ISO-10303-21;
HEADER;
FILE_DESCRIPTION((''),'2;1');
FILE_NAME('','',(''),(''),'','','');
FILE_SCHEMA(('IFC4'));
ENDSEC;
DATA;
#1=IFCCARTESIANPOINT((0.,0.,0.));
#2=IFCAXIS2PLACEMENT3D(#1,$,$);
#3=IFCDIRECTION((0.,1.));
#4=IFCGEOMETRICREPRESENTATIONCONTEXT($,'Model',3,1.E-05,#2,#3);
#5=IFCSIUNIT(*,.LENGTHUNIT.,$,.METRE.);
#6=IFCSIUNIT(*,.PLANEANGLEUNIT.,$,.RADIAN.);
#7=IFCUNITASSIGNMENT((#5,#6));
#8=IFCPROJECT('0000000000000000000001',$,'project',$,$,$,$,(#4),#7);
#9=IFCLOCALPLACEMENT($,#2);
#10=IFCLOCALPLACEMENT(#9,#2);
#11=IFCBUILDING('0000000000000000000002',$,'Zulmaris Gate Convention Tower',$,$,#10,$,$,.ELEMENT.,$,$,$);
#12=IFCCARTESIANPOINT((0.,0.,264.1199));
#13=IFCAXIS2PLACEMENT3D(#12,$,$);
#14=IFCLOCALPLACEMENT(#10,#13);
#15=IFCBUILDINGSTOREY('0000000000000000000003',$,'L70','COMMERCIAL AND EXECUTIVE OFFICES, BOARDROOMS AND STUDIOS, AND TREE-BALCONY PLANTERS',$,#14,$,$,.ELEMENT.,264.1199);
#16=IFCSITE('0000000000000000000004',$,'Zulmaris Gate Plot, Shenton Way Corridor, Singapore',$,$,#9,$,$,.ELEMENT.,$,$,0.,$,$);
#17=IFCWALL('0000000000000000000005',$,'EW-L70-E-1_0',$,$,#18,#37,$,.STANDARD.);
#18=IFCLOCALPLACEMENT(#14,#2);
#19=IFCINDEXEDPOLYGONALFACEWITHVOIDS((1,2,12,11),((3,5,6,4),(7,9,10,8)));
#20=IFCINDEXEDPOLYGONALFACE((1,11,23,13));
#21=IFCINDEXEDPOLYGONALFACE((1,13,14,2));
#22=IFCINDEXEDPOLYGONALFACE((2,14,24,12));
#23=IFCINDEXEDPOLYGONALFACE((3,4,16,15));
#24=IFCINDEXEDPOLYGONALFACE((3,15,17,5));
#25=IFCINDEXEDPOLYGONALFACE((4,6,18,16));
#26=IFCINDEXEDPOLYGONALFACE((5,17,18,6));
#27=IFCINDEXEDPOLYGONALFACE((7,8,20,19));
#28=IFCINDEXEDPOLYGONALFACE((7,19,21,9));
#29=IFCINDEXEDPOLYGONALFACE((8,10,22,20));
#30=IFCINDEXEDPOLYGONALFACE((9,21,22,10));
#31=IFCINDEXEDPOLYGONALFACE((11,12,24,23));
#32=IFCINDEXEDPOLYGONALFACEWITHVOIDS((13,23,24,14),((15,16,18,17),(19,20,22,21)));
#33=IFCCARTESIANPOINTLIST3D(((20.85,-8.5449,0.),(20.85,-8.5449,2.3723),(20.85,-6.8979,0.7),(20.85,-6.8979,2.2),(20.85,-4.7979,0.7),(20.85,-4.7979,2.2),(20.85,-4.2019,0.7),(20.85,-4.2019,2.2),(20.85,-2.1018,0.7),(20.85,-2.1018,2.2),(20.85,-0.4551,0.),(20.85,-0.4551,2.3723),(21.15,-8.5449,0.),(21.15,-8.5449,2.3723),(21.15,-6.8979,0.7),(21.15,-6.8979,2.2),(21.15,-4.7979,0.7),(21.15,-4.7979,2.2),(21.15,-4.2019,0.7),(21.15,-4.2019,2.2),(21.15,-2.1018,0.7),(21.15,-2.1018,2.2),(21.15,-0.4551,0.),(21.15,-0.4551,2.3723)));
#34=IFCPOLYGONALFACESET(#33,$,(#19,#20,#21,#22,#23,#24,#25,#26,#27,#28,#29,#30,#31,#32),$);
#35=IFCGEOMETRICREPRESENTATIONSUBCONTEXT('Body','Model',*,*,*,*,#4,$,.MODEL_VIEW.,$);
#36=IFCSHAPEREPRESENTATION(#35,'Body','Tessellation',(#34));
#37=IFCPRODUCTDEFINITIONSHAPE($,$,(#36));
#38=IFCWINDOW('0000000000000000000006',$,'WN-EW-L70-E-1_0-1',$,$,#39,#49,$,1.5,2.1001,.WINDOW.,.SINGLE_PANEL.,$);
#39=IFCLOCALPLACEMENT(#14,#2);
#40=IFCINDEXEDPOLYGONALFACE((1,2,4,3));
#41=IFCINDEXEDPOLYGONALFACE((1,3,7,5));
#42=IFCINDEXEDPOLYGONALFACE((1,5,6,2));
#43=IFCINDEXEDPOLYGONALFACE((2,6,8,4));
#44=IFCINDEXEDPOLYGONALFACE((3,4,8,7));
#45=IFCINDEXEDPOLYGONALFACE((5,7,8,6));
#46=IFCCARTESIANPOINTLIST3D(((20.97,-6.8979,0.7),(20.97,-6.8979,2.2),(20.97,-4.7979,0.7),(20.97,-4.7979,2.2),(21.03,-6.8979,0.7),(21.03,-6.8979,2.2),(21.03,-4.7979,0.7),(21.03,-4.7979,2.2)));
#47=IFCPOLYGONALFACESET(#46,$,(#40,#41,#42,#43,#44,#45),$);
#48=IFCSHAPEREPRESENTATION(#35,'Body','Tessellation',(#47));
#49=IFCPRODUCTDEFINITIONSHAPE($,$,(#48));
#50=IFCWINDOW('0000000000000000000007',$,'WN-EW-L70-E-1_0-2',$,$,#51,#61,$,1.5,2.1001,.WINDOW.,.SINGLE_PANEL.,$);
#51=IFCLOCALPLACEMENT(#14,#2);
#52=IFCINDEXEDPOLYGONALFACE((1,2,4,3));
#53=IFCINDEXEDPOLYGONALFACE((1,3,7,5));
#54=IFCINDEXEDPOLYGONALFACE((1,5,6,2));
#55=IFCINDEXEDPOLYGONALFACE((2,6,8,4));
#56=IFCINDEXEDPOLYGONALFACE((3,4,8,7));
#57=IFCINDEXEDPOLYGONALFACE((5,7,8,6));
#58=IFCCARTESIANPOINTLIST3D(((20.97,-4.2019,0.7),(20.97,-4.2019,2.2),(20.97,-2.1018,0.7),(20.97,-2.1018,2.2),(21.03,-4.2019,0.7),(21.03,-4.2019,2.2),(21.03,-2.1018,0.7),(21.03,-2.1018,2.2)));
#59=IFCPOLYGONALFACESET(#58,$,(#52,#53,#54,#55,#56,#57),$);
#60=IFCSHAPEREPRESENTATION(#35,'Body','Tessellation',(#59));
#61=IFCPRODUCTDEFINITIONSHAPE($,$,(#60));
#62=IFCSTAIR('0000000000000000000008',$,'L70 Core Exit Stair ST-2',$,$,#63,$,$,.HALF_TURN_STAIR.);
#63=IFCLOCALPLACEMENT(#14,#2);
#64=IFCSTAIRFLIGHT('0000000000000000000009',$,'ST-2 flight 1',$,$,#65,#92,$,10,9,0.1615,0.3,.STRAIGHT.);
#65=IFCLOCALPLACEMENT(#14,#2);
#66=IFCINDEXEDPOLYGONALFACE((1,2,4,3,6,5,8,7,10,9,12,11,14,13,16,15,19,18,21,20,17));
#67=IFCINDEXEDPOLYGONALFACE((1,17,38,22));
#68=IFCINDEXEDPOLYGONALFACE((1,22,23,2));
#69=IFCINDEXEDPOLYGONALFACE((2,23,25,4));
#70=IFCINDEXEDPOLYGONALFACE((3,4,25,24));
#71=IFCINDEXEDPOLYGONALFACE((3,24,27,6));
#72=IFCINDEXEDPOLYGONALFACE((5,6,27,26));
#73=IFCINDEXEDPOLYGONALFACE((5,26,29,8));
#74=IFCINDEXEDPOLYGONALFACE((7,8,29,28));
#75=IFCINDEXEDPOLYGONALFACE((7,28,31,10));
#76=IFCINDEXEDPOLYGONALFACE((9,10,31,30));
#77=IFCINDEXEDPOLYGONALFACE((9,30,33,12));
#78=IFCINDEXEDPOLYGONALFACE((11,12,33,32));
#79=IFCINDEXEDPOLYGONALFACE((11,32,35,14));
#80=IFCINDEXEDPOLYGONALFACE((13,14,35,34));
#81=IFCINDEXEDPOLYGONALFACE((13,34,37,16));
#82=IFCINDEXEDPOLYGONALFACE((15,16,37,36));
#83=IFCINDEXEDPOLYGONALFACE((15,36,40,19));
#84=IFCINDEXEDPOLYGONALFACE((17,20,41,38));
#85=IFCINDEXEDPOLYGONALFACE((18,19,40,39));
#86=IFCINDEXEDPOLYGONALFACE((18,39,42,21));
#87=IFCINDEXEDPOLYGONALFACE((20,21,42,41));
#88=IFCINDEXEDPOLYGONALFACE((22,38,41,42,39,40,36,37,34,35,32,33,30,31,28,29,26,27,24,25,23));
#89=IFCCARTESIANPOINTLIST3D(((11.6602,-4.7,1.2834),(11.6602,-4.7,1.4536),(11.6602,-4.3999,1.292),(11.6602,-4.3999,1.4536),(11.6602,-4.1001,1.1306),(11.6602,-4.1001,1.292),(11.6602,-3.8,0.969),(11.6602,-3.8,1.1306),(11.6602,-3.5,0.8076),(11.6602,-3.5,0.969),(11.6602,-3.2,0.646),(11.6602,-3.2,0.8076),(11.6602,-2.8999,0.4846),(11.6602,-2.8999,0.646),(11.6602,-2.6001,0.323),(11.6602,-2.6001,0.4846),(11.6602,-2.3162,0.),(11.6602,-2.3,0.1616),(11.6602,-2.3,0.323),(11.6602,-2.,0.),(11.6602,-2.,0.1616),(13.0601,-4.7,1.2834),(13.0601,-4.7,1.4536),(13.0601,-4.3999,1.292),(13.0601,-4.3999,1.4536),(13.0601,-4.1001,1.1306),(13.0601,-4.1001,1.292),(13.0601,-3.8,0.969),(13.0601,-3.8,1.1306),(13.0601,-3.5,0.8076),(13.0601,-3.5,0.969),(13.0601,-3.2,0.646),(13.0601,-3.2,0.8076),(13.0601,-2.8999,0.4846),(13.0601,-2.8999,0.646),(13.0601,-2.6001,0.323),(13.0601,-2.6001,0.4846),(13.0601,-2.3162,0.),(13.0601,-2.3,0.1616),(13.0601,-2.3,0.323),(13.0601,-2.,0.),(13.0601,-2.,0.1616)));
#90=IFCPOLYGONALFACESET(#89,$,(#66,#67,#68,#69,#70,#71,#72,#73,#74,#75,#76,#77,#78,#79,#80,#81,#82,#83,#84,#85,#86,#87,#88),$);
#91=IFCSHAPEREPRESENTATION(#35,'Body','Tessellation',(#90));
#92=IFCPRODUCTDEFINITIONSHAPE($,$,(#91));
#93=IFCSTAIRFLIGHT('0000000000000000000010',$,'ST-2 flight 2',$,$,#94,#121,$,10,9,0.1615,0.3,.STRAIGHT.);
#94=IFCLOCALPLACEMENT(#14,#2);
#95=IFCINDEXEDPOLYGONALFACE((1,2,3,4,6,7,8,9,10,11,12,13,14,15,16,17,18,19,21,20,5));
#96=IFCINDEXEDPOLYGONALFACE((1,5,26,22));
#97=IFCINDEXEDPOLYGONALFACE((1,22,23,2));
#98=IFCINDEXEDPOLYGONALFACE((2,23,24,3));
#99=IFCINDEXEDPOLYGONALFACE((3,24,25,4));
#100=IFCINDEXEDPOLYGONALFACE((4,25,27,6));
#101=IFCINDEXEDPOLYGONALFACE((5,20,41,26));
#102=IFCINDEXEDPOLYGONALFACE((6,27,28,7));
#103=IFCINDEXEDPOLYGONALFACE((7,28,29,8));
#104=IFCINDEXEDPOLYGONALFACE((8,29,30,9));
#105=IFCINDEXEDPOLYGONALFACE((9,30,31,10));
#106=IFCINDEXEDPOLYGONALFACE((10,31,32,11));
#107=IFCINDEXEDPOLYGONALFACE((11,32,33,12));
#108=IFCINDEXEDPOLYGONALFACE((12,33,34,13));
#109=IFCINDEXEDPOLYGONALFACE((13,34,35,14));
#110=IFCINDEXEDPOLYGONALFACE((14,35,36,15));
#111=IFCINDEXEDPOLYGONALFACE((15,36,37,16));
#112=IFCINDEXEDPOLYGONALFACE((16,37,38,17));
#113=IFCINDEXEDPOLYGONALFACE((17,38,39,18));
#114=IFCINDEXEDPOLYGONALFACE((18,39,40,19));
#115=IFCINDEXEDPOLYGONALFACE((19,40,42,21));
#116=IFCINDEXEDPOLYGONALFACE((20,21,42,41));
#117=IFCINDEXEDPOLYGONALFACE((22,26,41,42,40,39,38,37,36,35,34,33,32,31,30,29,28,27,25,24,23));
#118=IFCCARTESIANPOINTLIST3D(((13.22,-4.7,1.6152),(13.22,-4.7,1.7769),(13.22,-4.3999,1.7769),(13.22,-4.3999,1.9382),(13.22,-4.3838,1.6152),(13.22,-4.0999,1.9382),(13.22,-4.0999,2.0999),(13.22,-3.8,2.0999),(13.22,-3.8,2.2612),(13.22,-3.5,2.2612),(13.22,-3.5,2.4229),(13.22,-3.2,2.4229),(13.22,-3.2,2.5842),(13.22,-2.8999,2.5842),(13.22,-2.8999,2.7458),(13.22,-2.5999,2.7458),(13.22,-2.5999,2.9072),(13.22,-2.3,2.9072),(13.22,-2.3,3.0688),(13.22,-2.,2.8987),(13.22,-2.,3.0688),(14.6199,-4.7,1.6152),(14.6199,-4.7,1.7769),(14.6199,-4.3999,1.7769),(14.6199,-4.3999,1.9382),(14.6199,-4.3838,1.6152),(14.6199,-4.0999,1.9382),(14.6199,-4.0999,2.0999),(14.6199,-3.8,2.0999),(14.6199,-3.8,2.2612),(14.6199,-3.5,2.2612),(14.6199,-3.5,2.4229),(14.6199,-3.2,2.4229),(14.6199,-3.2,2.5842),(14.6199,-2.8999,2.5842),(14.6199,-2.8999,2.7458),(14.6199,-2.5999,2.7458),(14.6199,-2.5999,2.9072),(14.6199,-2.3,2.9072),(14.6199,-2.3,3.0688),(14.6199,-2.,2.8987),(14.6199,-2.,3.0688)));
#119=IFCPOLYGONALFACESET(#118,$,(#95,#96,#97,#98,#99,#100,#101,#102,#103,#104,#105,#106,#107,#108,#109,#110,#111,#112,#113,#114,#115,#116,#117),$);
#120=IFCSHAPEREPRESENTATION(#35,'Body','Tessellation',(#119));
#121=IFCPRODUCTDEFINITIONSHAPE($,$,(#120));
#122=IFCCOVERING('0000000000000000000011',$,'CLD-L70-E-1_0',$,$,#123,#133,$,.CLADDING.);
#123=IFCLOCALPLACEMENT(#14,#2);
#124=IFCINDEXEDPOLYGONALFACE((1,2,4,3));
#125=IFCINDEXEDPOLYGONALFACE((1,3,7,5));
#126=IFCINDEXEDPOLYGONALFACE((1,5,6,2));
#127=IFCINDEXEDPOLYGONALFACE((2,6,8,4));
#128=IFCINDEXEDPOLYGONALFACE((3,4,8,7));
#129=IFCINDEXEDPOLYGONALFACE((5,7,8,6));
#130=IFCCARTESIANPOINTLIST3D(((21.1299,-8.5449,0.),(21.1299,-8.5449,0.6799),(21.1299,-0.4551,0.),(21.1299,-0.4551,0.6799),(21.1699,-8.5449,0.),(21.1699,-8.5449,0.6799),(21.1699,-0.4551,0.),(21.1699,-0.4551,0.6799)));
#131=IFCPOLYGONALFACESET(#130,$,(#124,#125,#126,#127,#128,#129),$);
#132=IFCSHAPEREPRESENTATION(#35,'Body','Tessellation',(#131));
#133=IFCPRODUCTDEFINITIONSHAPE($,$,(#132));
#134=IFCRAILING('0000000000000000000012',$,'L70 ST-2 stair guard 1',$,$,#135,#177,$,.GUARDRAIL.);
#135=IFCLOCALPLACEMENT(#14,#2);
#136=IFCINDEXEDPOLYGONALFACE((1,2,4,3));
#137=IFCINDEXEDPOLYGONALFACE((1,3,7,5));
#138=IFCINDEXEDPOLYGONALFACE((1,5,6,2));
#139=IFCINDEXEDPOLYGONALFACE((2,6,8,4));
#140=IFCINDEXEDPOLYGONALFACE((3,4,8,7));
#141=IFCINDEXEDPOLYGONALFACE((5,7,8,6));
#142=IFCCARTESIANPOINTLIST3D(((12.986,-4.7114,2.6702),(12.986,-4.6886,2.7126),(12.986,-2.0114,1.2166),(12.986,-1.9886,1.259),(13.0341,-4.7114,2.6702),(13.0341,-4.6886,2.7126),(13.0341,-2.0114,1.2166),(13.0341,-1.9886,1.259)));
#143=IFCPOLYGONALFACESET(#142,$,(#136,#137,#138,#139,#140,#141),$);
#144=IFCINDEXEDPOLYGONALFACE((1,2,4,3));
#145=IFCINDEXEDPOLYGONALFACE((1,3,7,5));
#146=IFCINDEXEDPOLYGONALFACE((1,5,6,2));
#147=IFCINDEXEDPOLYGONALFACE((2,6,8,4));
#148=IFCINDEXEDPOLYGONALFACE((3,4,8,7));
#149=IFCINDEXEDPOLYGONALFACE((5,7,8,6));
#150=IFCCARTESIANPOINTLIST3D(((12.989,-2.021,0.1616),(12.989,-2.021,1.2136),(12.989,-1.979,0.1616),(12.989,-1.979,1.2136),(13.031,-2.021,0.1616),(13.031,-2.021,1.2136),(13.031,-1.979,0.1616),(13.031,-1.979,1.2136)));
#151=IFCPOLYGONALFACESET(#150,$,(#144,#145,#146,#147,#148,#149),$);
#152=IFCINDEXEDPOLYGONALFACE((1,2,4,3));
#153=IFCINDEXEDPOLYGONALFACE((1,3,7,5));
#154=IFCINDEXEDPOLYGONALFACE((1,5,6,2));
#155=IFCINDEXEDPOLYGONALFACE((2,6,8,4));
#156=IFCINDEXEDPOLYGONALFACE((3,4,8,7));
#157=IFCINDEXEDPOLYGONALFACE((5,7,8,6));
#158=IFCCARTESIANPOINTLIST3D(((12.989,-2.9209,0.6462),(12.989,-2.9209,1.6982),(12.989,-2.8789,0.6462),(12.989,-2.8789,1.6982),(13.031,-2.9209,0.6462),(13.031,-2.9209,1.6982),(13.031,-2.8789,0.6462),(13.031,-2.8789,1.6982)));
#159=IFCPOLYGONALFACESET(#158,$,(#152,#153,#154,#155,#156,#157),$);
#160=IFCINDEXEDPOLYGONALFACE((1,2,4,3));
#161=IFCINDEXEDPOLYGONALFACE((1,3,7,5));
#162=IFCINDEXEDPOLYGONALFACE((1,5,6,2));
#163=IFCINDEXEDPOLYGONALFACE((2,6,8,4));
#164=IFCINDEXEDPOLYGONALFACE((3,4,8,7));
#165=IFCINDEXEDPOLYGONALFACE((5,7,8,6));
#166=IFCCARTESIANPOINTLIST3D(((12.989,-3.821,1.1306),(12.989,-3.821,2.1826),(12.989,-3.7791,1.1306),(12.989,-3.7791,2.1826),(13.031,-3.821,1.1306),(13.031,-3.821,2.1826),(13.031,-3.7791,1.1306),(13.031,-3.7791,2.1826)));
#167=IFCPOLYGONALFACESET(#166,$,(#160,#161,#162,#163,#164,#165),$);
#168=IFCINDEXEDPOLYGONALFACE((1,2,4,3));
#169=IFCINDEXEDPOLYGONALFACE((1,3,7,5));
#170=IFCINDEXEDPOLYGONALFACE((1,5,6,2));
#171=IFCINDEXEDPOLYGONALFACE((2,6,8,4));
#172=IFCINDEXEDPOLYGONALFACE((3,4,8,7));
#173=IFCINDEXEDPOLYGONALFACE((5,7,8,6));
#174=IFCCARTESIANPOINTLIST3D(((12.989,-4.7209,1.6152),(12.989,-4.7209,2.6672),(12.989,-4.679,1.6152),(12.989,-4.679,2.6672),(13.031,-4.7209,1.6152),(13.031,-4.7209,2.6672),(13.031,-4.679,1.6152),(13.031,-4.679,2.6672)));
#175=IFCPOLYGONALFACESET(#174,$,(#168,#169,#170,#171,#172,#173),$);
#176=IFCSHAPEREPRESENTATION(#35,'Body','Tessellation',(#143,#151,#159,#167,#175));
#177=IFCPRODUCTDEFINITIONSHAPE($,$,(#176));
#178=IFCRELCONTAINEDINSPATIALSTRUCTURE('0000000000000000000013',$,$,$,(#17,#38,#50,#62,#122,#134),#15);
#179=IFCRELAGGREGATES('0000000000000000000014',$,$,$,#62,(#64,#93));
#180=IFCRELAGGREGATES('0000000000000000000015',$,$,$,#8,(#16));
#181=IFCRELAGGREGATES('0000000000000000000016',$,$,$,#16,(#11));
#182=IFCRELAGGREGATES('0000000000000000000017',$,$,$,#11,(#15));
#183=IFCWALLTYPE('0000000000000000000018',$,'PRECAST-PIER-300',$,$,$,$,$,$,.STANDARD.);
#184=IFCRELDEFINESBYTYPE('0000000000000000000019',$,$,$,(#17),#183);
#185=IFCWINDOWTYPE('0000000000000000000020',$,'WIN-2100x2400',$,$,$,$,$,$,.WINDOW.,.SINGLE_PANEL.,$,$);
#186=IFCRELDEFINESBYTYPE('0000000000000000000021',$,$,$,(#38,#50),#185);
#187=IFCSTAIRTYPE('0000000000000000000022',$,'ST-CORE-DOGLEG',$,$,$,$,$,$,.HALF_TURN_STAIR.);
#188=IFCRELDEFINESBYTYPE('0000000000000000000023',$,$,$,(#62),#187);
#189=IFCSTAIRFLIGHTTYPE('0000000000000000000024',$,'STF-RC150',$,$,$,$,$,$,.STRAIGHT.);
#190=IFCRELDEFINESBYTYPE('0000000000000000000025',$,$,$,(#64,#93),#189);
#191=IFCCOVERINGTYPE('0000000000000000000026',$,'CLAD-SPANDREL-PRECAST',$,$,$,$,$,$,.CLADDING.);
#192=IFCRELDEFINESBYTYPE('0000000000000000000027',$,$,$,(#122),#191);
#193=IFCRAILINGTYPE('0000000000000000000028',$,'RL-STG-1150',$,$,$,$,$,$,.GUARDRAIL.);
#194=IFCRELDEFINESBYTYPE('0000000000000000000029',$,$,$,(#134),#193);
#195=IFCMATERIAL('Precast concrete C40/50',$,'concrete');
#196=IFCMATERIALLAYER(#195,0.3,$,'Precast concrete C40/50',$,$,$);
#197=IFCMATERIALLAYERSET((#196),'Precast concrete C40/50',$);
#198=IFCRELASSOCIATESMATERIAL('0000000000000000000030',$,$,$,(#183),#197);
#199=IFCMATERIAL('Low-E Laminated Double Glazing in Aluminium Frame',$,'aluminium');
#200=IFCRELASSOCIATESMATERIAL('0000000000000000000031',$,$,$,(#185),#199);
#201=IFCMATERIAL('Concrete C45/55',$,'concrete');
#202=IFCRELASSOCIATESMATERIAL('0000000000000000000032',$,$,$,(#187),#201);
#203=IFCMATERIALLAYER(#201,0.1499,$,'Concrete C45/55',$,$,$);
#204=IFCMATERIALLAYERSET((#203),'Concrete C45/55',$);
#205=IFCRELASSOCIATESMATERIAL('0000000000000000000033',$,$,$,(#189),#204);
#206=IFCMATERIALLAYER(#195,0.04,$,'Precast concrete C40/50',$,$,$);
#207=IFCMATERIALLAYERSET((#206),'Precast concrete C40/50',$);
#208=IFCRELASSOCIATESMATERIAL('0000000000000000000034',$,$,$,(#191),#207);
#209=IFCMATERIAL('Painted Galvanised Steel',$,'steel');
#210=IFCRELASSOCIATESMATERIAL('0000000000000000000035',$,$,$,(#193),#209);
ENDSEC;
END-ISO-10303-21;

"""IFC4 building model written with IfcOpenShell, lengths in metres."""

from ifc_helpers import new_model, si_unit, direction, frame, frame_2d, origin, origin_2d, place, context, subcontext, project, spatial, polyline, rectangle, outline, extrude, material, layer, layer_set, type_object, element, fill, aggregate, save


model = new_model("IFC4")

# Units and contexts
model_context = context("Model", 3, precision=1e-05, world=origin(), true_north=direction((0.0, 1.0)))
body_context = subcontext(model_context, "Body", "Model", "MODEL_VIEW")
ifc_project = project(units=[si_unit("LENGTHUNIT", "METRE"), si_unit("PLANEANGLEUNIT", "RADIAN")], contexts=[model_context])

# Site, building, storey
site_placement = place(None, origin())
site = spatial("IfcSite", under=ifc_project, at=site_placement, Name="Zulmaris Gate Plot, Shenton Way Corridor, Singapore", CompositionType="ELEMENT", RefElevation=0.0)
building_placement = place(site_placement, origin())
building = spatial("IfcBuilding", under=site, at=building_placement, Name="Zulmaris Gate Convention Tower", CompositionType="ELEMENT")
storey_placement = place(building_placement, frame((0.0, 0.0, 264.1199)))
storey = spatial("IfcBuildingStorey", under=building, at=storey_placement, Name="L70", Description="COMMERCIAL AND EXECUTIVE OFFICES, BOARDROOMS AND STUDIOS, AND TREE-BALCONY PLANTERS", CompositionType="ELEMENT", Elevation=264.1199)

# Wall, openings, windows
ifc_material_1 = material(Name="Precast concrete C40/50", Category="concrete")
ifc_layer_1 = layer(ifc_material_1, 0.3, Name="Precast concrete C40/50")
ifc_layer_set_1 = layer_set([ifc_layer_1], Name="Precast concrete C40/50")
wall_type_1 = type_object("IfcWallType", Name="PRECAST-PIER-300", PredefinedType="STANDARD", material=ifc_layer_set_1)
wall_1_placement = place(storey_placement, frame((21.0, -8.5449, 0.0), z_axis=(0.0, 0.0, 1.0), x_axis=(0.0, 1.0, 0.0)))
wall_1 = element("IfcWall", 1, at=wall_1_placement, inside=storey, type_object=wall_type_1, Name="EW-L70-E-1_0", PredefinedType="STANDARD", context=body_context, shape_type="SweptSolid", body=[
    extrude(rectangle(XDim=8.0898, YDim=0.3, at=frame_2d((4.0449, 0.0))), origin(), (0.0, 0.0, 1.0), 2.3723),
])
opening_1_placement = place(wall_1_placement, frame((1.647, 0.0, 0.7)))
opening_1 = element("IfcOpeningElement", 2, at=opening_1_placement, cuts=wall_1, PredefinedType="OPENING", context=body_context, shape_type="SweptSolid", body=[
    extrude(rectangle(XDim=2.1001, YDim=1.5, at=frame_2d((1.05, 0.75))), frame((0.0, 0.1602, 0.0), z_axis=(0.0, -1.0, 0.0), x_axis=(1.0, 0.0, 0.0)), (0.0, 0.0, 1.0), 0.3201),
])
opening_2_placement = place(wall_1_placement, frame((4.343, 0.0, 0.7)))
opening_2 = element("IfcOpeningElement", 3, at=opening_2_placement, cuts=wall_1, PredefinedType="OPENING", context=body_context, shape_type="SweptSolid", body=[
    extrude(rectangle(XDim=2.1001, YDim=1.5, at=frame_2d((1.05, 0.75))), frame((0.0, 0.1602, 0.0), z_axis=(0.0, -1.0, 0.0), x_axis=(1.0, 0.0, 0.0)), (0.0, 0.0, 1.0), 0.3201),
])
ifc_material_2 = material(Name="Low-E Laminated Double Glazing in Aluminium Frame", Category="aluminium")
window_type = type_object("IfcWindowType", Name="WIN-2100x2400", PartitioningType="SINGLE_PANEL", PredefinedType="WINDOW", material=ifc_material_2)
window_1_placement = place(opening_1_placement, origin())
window_1 = element("IfcWindow", 4, at=window_1_placement, inside=storey, type_object=window_type, Name="WN-EW-L70-E-1_0-1", OverallHeight=1.5, OverallWidth=2.1001, PartitioningType="SINGLE_PANEL", PredefinedType="WINDOW", context=body_context, shape_type="SweptSolid", body=[
    extrude(rectangle(XDim=2.1001, YDim=1.5, at=frame_2d((1.05, 0.75))), frame((0.0, 0.03, 0.0), z_axis=(0.0, -1.0, 0.0), x_axis=(1.0, 0.0, 0.0)), (0.0, 0.0, 1.0), 0.0601),
])
fill(opening_1, window_1)
window_2_placement = place(opening_2_placement, origin())
window_2 = element("IfcWindow", 5, at=window_2_placement, inside=storey, type_object=window_type, Name="WN-EW-L70-E-1_0-2", OverallHeight=1.5, OverallWidth=2.1001, PartitioningType="SINGLE_PANEL", PredefinedType="WINDOW", context=body_context, shape_type="SweptSolid", body=[
    extrude(rectangle(XDim=2.1001, YDim=1.5, at=frame_2d((1.05, 0.75))), frame((0.0, 0.03, 0.0), z_axis=(0.0, -1.0, 0.0), x_axis=(1.0, 0.0, 0.0)), (0.0, 0.0, 1.0), 0.0601),
])
fill(opening_2, window_2)

# Stair, stair flights
ifc_material_3 = material(Name="Concrete C45/55", Category="concrete")
stair_type = type_object("IfcStairType", Name="ST-CORE-DOGLEG", PredefinedType="HALF_TURN_STAIR", material=ifc_material_3)
stair_placement = place(storey_placement, origin())
stair = element("IfcStair", 6, at=stair_placement, inside=storey, type_object=stair_type, Name="L70 Core Exit Stair ST-2", PredefinedType="HALF_TURN_STAIR")
ifc_layer_2 = layer(ifc_material_3, 0.1499, Name="Concrete C45/55")
ifc_layer_set_2 = layer_set([ifc_layer_2], Name="Concrete C45/55")
stair_flight_type = type_object("IfcStairFlightType", Name="STF-RC150", PredefinedType="STRAIGHT", material=ifc_layer_set_2)
stair_flight_1_placement = place(storey_placement, frame((12.3601, -2.0, 0.0), z_axis=(0.0, 0.0, 1.0), x_axis=(0.0, -1.0, 0.0)))
stair_flight_1 = element("IfcStairFlight", 7, at=stair_flight_1_placement, type_object=stair_flight_type, Name="ST-2 flight 1", NumberOfRisers=10, NumberOfTreads=9, PredefinedType="STRAIGHT", RiserHeight=0.1615, TreadLength=0.3, context=body_context, shape_type="SweptSolid", body=[
    extrude(outline(polyline([(0.0, 0.0), (0.0, 0.1616), (0.3, 0.1616), (0.3, 0.323), (0.6001, 0.323), (0.6001, 0.4846), (0.8999, 0.4846), (0.8999, 0.646), (1.2, 0.646), (1.2, 0.8076), (1.5, 0.8076), (1.5, 0.969), (1.8, 0.969), (1.8, 1.1306), (2.1001, 1.1306), (2.1001, 1.292), (2.3999, 1.292), (2.3999, 1.4536), (2.7, 1.4536), (2.7, 1.615), (2.7, 1.2834), (0.3162, 0.0), (0.0, 0.0)])), frame((0.0, 0.7, 0.0), z_axis=(0.0, -1.0, 0.0), x_axis=(1.0, 0.0, 0.0)), (0.0, 0.0, 1.0), 1.3999),
])
stair_flight_2_placement = place(storey_placement, frame((13.9199, -4.7, 1.6152), z_axis=(0.0, 0.0, 1.0), x_axis=(0.0, 1.0, 0.0)))
stair_flight_2 = element("IfcStairFlight", 8, at=stair_flight_2_placement, type_object=stair_flight_type, Name="ST-2 flight 2", NumberOfRisers=10, NumberOfTreads=9, PredefinedType="STRAIGHT", RiserHeight=0.1615, TreadLength=0.3, context=body_context, shape_type="SweptSolid", body=[
    extrude(outline(polyline([(0.0, 0.0), (0.0, 0.1616), (0.3, 0.1616), (0.3, 0.323), (0.6001, 0.323), (0.6001, 0.4846), (0.8999, 0.4846), (0.8999, 0.646), (1.2, 0.646), (1.2, 0.8076), (1.5, 0.8076), (1.5, 0.969), (1.8, 0.969), (1.8, 1.1306), (2.1001, 1.1306), (2.1001, 1.292), (2.3999, 1.292), (2.3999, 1.4536), (2.7, 1.4536), (2.7, 1.615), (2.7, 1.2834), (0.3162, 0.0), (0.0, 0.0)])), frame((0.0, 0.7, 0.0), z_axis=(0.0, -1.0, 0.0), x_axis=(1.0, 0.0, 0.0)), (0.0, 0.0, 1.0), 1.3999),
])
aggregate(stair, [stair_flight_1, stair_flight_2])

# Covering
ifc_layer_3 = layer(ifc_material_1, 0.04, Name="Precast concrete C40/50")
ifc_layer_set_3 = layer_set([ifc_layer_3], Name="Precast concrete C40/50")
covering_type = type_object("IfcCoveringType", Name="CLAD-SPANDREL-PRECAST", PredefinedType="CLADDING", material=ifc_layer_set_3)
covering_placement = place(storey_placement, frame((21.1499, -8.5449, 0.0), z_axis=(0.0, 0.0, 1.0), x_axis=(0.0, 1.0, 0.0)))
element("IfcCovering", 9, at=covering_placement, inside=storey, type_object=covering_type, Name="CLD-L70-E-1_0", PredefinedType="CLADDING", context=body_context, shape_type="SweptSolid", body=[
    extrude(rectangle(XDim=8.0898, YDim=0.04, at=frame_2d((4.0449, 0.0))), origin(), (0.0, 0.0, 1.0), 0.6799),
])

# Railing
ifc_material_4 = material(Name="Painted Galvanised Steel", Category="steel")
railing_type_1 = type_object("IfcRailingType", Name="RL-STG-1150", PredefinedType="GUARDRAIL", material=ifc_material_4)
railing_1_placement = place(storey_placement, frame((13.01, -2.0, 0.1616)))
element("IfcRailing", 10, at=railing_1_placement, inside=storey, type_object=railing_type_1, Name="L70 ST-2 stair guard 1", PredefinedType="GUARDRAIL", context=body_context, shape_type="SweptSolid", body=[
    extrude(rectangle(XDim=0.0481, YDim=0.0481, at=origin_2d()), frame((0.0, 0.0, 1.0762), z_axis=(0.0, -0.880499, 0.474048), x_axis=(1.0, 0.0, 0.0)), (0.0, 0.0, 1.0), 3.0664),
    extrude(rectangle(XDim=0.042, YDim=0.042, at=origin_2d()), origin(), (0.0, 0.0, 1.0), 1.052),
    extrude(rectangle(XDim=0.042, YDim=0.042, at=origin_2d()), frame((0.0, -0.8999, 0.4846)), (0.0, 0.0, 1.0), 1.052),
    extrude(rectangle(XDim=0.042, YDim=0.042, at=origin_2d()), frame((0.0, -1.8, 0.969)), (0.0, 0.0, 1.0), 1.052),
    extrude(rectangle(XDim=0.042, YDim=0.042, at=origin_2d()), frame((0.0, -2.7, 1.4536)), (0.0, 0.0, 1.0), 1.052),
])

save(model, "model.ifc")
